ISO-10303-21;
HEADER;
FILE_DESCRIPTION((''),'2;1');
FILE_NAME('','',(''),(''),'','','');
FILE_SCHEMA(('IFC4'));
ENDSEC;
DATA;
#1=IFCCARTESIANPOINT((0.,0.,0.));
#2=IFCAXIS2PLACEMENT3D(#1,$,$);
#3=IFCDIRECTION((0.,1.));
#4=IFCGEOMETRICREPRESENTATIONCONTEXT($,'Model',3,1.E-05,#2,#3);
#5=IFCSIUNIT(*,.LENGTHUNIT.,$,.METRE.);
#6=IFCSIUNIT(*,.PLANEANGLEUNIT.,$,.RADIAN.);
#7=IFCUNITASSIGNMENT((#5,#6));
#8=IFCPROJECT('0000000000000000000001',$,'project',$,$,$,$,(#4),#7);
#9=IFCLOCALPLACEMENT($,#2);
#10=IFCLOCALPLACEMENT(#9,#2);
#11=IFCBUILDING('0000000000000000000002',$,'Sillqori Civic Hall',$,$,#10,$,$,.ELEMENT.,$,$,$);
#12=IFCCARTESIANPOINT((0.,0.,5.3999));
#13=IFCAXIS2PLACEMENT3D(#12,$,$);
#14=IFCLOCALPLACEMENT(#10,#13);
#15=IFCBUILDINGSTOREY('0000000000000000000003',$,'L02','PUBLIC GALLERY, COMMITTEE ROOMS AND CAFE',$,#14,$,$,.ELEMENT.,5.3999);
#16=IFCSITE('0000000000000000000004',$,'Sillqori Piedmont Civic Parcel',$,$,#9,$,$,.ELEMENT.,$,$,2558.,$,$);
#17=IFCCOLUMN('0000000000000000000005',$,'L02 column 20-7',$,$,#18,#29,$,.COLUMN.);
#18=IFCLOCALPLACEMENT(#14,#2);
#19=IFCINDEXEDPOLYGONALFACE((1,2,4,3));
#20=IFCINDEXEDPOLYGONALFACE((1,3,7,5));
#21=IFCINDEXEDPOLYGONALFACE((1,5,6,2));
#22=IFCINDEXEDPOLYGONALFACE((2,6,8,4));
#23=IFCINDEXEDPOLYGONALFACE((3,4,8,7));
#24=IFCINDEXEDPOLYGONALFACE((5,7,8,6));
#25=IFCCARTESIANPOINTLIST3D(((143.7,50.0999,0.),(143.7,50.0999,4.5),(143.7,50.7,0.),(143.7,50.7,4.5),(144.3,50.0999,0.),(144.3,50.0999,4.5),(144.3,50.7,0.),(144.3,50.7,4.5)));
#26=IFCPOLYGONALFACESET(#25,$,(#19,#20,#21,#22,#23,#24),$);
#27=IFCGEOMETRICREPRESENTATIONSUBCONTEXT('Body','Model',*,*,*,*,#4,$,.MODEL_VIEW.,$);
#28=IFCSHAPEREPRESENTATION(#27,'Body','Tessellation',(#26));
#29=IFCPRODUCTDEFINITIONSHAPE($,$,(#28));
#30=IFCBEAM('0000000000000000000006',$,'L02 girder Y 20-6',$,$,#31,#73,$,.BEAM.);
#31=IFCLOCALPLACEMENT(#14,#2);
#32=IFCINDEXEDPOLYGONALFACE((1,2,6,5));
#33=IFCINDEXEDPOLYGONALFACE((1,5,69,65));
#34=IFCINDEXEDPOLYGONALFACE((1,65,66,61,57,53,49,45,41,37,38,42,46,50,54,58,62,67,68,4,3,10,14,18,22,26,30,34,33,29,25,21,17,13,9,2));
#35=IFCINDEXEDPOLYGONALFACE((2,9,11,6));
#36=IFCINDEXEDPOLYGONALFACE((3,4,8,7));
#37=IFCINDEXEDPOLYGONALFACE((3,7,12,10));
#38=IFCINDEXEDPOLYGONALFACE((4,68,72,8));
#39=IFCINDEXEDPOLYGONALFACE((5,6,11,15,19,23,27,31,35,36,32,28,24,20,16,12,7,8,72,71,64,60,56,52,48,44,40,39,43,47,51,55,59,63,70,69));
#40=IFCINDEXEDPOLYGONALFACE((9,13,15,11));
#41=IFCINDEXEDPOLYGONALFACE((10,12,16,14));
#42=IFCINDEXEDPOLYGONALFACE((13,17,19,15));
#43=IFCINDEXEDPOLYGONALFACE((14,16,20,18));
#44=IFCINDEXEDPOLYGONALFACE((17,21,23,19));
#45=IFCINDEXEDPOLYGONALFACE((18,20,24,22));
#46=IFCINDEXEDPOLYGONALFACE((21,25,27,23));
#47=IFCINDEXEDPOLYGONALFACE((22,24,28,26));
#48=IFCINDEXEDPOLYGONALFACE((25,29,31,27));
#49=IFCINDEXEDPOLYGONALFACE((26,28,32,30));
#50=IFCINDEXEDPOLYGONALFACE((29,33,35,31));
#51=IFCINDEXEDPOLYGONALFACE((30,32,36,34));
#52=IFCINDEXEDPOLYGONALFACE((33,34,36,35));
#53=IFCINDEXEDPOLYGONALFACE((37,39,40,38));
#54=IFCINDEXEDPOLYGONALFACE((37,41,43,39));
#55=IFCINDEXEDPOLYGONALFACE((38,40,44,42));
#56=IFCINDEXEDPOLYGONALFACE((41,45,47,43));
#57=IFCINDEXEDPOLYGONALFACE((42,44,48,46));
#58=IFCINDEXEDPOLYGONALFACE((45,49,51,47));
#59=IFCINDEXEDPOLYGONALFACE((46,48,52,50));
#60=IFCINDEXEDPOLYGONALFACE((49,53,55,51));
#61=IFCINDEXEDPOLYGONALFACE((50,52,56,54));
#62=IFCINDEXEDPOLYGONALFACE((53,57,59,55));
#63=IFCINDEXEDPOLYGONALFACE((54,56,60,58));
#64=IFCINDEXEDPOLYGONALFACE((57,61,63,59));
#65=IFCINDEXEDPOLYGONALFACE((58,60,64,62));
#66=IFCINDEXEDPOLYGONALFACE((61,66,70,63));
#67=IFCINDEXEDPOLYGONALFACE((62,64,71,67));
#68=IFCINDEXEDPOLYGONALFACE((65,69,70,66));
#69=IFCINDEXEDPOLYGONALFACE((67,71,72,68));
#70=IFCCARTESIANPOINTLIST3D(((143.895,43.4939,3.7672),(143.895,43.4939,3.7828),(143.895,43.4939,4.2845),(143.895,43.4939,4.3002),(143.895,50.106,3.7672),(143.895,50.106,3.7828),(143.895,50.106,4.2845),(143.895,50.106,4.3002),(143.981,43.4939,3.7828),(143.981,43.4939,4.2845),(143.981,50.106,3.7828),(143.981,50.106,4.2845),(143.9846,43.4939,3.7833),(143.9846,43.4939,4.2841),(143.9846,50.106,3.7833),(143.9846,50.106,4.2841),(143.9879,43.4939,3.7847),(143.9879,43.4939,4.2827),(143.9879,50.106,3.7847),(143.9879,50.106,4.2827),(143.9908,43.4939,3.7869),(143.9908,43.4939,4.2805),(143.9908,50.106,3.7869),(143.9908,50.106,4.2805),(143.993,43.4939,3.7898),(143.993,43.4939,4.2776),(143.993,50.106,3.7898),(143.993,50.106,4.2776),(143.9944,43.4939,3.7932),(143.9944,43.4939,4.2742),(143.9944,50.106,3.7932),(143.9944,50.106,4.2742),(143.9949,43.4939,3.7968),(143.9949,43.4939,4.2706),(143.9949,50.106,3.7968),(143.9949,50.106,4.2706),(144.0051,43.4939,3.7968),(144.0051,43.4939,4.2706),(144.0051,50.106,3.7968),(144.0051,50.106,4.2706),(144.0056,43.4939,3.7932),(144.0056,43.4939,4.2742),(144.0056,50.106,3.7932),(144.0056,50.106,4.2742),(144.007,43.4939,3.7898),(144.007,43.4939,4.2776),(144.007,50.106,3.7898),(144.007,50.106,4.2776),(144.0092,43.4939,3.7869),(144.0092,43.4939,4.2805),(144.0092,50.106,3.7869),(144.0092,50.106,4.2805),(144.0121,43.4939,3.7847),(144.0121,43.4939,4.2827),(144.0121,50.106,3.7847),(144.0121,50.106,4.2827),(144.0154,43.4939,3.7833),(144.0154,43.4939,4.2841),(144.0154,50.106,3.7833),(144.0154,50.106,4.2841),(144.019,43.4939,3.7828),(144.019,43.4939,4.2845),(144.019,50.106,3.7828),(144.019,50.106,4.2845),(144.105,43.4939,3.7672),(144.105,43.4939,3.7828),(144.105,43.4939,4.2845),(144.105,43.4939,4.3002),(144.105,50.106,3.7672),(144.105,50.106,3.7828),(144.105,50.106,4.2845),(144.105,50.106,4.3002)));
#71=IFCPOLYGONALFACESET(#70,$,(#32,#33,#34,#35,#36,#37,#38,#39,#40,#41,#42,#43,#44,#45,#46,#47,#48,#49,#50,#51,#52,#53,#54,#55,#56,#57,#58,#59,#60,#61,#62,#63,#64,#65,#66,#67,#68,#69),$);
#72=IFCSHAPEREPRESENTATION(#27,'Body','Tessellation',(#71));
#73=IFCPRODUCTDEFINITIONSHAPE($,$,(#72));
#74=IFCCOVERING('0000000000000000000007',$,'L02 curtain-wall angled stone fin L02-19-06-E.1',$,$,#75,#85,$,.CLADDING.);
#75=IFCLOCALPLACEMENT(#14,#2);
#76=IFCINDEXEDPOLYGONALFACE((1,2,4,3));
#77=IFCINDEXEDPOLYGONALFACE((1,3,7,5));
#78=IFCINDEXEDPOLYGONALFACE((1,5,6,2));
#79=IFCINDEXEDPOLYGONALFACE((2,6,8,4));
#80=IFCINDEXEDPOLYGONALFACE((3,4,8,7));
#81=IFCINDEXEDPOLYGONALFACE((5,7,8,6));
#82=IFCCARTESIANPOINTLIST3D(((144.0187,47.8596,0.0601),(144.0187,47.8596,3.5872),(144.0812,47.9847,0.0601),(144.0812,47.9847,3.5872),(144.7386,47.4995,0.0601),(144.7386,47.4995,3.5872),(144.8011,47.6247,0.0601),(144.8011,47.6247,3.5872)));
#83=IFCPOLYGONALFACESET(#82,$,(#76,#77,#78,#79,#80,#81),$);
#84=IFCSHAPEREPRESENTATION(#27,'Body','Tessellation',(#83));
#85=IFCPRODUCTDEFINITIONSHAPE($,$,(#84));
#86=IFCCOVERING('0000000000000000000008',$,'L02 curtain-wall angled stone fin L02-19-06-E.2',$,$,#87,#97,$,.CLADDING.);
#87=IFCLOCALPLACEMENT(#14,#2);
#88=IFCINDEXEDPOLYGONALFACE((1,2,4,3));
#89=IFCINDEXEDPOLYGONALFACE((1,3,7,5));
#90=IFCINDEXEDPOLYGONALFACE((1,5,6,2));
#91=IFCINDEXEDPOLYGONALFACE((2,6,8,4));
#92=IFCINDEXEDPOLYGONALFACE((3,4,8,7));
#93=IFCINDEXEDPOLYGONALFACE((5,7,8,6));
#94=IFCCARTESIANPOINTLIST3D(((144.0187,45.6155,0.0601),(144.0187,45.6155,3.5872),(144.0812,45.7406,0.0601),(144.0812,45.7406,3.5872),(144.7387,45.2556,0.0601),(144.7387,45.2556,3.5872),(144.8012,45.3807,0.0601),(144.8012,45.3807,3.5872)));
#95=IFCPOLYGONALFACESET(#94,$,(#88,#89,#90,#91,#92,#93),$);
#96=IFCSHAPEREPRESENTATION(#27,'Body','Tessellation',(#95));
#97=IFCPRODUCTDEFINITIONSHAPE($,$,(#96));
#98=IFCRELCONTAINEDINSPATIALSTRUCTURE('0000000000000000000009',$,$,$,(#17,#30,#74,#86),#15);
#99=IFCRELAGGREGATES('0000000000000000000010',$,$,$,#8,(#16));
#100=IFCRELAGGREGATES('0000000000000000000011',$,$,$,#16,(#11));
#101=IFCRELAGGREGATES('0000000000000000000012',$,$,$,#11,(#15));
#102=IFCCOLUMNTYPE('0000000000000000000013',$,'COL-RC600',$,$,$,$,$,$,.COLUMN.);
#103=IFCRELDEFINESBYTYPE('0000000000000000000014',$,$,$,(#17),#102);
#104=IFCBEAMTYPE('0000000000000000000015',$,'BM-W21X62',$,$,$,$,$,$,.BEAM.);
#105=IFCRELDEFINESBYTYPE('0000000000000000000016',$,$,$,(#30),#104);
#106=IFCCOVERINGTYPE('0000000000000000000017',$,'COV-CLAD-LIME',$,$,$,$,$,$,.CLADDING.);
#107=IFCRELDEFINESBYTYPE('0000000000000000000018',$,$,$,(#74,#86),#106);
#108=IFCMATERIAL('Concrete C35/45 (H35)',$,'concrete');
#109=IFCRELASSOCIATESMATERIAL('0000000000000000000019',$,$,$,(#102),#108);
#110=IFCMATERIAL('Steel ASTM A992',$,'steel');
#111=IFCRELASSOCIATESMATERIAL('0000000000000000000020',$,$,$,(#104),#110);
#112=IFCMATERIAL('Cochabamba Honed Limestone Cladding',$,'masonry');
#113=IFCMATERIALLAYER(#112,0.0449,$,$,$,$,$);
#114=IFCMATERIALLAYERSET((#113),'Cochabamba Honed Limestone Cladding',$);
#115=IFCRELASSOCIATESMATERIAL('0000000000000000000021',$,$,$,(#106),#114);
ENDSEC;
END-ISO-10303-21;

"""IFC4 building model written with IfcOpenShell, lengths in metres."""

from ifc_helpers import new_model, si_unit, direction, frame, frame_2d, origin, origin_2d, place, context, subcontext, project, spatial, rectangle, i_section, extrude, material, layer, layer_set, material_profile, profile_set, type_object, element, save


model = new_model("IFC4")

# Units and contexts
model_context = context("Model", 3, precision=1e-05, world=origin(), true_north=direction((0.0, 1.0)))
body_context = subcontext(model_context, "Body", "Model", "MODEL_VIEW")
ifc_project = project(units=[si_unit("LENGTHUNIT", "METRE"), si_unit("PLANEANGLEUNIT", "RADIAN")], contexts=[model_context])

# Site, building, storey
site_placement = place(None, origin())
site = spatial("IfcSite", under=ifc_project, at=site_placement, Name="Sillqori Piedmont Civic Parcel", CompositionType="ELEMENT", RefElevation=2558.0)
building_placement = place(site_placement, origin())
building = spatial("IfcBuilding", under=site, at=building_placement, Name="Sillqori Civic Hall", CompositionType="ELEMENT")
storey_placement = place(building_placement, frame((0.0, 0.0, 5.3999)))
storey = spatial("IfcBuildingStorey", under=building, at=storey_placement, Name="L02", Description="PUBLIC GALLERY, COMMITTEE ROOMS AND CAFE", CompositionType="ELEMENT", Elevation=5.3999)

# Column
ifc_material_1 = material(Name="Concrete C35/45 (H35)", Category="concrete")
ifc_material_profile_1 = material_profile(ifc_material_1, rectangle(XDim=0.6001, YDim=0.6001, at=origin_2d()), Name="RC 600x600")
ifc_profile_set_1 = profile_set([ifc_material_profile_1], Name="Concrete C35/45 (H35)")
column_type = type_object("IfcColumnType", Name="COL-RC600", PredefinedType="COLUMN", material=ifc_profile_set_1)
column_placement = place(storey_placement, frame((144.0, 50.3999, 0.0), z_axis=(0.0, 0.0, 1.0), x_axis=(1.0, 0.0, 0.0)))
element("IfcColumn", 1, at=column_placement, inside=storey, type_object=column_type, Name="L02 column 20-7", PredefinedType="COLUMN", context=body_context, shape_type="SweptSolid", body=[
    extrude(rectangle(XDim=0.6001, YDim=0.6001, at=origin_2d()), origin(), (0.0, 0.0, 1.0), 4.5),
])

# Beam
ifc_material_2 = material(Name="Steel ASTM A992", Category="steel")
ifc_material_profile_2 = material_profile(ifc_material_2, i_section(OverallWidth=0.21, OverallDepth=0.533, WebThickness=0.0103, FlangeThickness=0.0156, FilletRadius=0.0139, at=origin_2d()), Name="W21X62")
ifc_profile_set_2 = profile_set([ifc_material_profile_2], Name="Steel ASTM A992")
beam_type = type_object("IfcBeamType", Name="BM-W21X62", PredefinedType="BEAM", material=ifc_profile_set_2)
beam_placement = place(storey_placement, frame((144.0, 43.4939, 4.0337), z_axis=(0.0, 1.0, 0.0), x_axis=(-1.0, 0.0, 0.0)))
element("IfcBeam", 2, at=beam_placement, inside=storey, type_object=beam_type, Name="L02 girder Y 20-6", PredefinedType="BEAM", context=body_context, shape_type="SweptSolid", body=[
    extrude(i_section(OverallWidth=0.21, OverallDepth=0.533, WebThickness=0.0103, FlangeThickness=0.0156, FilletRadius=0.0139, at=origin_2d()), origin(), (0.0, 0.0, 1.0), 6.6121),
])

# Coverings
ifc_material_3 = material(Name="Cochabamba Honed Limestone Cladding", Category="masonry")
ifc_layer_1 = layer(ifc_material_3, 0.0449)
ifc_layer_set_1 = layer_set([ifc_layer_1], Name="Cochabamba Honed Limestone Cladding")
covering_type = type_object("IfcCoveringType", Name="COV-CLAD-LIME", PredefinedType="CLADDING", material=ifc_layer_set_1)
for number, where, z_axis, x_axis, name in (
    (3, (144.05, 47.9221, 0.0601), (0.0, 0.0, 1.0), (0.894367, -0.447335, 0.0), "L02 curtain-wall angled stone fin L02-19-06-E.1"),
    (4, (144.05, 45.678, 0.0601), (0.0, 0.0, 1.0), (0.894488, -0.447092, 0.0), "L02 curtain-wall angled stone fin L02-19-06-E.2"),
):
    element("IfcCovering", number, at=place(storey_placement, frame(where, z_axis=z_axis, x_axis=x_axis)), inside=storey, type_object=covering_type, Name=name, PredefinedType="CLADDING", context=body_context, shape_type="SweptSolid", body=[
        extrude(rectangle(XDim=0.8049, YDim=0.1399, at=frame_2d((0.4023, 0.0))), origin(), (0.0, 0.0, 1.0), 3.5271),
    ])

save(model, "model.ifc")
